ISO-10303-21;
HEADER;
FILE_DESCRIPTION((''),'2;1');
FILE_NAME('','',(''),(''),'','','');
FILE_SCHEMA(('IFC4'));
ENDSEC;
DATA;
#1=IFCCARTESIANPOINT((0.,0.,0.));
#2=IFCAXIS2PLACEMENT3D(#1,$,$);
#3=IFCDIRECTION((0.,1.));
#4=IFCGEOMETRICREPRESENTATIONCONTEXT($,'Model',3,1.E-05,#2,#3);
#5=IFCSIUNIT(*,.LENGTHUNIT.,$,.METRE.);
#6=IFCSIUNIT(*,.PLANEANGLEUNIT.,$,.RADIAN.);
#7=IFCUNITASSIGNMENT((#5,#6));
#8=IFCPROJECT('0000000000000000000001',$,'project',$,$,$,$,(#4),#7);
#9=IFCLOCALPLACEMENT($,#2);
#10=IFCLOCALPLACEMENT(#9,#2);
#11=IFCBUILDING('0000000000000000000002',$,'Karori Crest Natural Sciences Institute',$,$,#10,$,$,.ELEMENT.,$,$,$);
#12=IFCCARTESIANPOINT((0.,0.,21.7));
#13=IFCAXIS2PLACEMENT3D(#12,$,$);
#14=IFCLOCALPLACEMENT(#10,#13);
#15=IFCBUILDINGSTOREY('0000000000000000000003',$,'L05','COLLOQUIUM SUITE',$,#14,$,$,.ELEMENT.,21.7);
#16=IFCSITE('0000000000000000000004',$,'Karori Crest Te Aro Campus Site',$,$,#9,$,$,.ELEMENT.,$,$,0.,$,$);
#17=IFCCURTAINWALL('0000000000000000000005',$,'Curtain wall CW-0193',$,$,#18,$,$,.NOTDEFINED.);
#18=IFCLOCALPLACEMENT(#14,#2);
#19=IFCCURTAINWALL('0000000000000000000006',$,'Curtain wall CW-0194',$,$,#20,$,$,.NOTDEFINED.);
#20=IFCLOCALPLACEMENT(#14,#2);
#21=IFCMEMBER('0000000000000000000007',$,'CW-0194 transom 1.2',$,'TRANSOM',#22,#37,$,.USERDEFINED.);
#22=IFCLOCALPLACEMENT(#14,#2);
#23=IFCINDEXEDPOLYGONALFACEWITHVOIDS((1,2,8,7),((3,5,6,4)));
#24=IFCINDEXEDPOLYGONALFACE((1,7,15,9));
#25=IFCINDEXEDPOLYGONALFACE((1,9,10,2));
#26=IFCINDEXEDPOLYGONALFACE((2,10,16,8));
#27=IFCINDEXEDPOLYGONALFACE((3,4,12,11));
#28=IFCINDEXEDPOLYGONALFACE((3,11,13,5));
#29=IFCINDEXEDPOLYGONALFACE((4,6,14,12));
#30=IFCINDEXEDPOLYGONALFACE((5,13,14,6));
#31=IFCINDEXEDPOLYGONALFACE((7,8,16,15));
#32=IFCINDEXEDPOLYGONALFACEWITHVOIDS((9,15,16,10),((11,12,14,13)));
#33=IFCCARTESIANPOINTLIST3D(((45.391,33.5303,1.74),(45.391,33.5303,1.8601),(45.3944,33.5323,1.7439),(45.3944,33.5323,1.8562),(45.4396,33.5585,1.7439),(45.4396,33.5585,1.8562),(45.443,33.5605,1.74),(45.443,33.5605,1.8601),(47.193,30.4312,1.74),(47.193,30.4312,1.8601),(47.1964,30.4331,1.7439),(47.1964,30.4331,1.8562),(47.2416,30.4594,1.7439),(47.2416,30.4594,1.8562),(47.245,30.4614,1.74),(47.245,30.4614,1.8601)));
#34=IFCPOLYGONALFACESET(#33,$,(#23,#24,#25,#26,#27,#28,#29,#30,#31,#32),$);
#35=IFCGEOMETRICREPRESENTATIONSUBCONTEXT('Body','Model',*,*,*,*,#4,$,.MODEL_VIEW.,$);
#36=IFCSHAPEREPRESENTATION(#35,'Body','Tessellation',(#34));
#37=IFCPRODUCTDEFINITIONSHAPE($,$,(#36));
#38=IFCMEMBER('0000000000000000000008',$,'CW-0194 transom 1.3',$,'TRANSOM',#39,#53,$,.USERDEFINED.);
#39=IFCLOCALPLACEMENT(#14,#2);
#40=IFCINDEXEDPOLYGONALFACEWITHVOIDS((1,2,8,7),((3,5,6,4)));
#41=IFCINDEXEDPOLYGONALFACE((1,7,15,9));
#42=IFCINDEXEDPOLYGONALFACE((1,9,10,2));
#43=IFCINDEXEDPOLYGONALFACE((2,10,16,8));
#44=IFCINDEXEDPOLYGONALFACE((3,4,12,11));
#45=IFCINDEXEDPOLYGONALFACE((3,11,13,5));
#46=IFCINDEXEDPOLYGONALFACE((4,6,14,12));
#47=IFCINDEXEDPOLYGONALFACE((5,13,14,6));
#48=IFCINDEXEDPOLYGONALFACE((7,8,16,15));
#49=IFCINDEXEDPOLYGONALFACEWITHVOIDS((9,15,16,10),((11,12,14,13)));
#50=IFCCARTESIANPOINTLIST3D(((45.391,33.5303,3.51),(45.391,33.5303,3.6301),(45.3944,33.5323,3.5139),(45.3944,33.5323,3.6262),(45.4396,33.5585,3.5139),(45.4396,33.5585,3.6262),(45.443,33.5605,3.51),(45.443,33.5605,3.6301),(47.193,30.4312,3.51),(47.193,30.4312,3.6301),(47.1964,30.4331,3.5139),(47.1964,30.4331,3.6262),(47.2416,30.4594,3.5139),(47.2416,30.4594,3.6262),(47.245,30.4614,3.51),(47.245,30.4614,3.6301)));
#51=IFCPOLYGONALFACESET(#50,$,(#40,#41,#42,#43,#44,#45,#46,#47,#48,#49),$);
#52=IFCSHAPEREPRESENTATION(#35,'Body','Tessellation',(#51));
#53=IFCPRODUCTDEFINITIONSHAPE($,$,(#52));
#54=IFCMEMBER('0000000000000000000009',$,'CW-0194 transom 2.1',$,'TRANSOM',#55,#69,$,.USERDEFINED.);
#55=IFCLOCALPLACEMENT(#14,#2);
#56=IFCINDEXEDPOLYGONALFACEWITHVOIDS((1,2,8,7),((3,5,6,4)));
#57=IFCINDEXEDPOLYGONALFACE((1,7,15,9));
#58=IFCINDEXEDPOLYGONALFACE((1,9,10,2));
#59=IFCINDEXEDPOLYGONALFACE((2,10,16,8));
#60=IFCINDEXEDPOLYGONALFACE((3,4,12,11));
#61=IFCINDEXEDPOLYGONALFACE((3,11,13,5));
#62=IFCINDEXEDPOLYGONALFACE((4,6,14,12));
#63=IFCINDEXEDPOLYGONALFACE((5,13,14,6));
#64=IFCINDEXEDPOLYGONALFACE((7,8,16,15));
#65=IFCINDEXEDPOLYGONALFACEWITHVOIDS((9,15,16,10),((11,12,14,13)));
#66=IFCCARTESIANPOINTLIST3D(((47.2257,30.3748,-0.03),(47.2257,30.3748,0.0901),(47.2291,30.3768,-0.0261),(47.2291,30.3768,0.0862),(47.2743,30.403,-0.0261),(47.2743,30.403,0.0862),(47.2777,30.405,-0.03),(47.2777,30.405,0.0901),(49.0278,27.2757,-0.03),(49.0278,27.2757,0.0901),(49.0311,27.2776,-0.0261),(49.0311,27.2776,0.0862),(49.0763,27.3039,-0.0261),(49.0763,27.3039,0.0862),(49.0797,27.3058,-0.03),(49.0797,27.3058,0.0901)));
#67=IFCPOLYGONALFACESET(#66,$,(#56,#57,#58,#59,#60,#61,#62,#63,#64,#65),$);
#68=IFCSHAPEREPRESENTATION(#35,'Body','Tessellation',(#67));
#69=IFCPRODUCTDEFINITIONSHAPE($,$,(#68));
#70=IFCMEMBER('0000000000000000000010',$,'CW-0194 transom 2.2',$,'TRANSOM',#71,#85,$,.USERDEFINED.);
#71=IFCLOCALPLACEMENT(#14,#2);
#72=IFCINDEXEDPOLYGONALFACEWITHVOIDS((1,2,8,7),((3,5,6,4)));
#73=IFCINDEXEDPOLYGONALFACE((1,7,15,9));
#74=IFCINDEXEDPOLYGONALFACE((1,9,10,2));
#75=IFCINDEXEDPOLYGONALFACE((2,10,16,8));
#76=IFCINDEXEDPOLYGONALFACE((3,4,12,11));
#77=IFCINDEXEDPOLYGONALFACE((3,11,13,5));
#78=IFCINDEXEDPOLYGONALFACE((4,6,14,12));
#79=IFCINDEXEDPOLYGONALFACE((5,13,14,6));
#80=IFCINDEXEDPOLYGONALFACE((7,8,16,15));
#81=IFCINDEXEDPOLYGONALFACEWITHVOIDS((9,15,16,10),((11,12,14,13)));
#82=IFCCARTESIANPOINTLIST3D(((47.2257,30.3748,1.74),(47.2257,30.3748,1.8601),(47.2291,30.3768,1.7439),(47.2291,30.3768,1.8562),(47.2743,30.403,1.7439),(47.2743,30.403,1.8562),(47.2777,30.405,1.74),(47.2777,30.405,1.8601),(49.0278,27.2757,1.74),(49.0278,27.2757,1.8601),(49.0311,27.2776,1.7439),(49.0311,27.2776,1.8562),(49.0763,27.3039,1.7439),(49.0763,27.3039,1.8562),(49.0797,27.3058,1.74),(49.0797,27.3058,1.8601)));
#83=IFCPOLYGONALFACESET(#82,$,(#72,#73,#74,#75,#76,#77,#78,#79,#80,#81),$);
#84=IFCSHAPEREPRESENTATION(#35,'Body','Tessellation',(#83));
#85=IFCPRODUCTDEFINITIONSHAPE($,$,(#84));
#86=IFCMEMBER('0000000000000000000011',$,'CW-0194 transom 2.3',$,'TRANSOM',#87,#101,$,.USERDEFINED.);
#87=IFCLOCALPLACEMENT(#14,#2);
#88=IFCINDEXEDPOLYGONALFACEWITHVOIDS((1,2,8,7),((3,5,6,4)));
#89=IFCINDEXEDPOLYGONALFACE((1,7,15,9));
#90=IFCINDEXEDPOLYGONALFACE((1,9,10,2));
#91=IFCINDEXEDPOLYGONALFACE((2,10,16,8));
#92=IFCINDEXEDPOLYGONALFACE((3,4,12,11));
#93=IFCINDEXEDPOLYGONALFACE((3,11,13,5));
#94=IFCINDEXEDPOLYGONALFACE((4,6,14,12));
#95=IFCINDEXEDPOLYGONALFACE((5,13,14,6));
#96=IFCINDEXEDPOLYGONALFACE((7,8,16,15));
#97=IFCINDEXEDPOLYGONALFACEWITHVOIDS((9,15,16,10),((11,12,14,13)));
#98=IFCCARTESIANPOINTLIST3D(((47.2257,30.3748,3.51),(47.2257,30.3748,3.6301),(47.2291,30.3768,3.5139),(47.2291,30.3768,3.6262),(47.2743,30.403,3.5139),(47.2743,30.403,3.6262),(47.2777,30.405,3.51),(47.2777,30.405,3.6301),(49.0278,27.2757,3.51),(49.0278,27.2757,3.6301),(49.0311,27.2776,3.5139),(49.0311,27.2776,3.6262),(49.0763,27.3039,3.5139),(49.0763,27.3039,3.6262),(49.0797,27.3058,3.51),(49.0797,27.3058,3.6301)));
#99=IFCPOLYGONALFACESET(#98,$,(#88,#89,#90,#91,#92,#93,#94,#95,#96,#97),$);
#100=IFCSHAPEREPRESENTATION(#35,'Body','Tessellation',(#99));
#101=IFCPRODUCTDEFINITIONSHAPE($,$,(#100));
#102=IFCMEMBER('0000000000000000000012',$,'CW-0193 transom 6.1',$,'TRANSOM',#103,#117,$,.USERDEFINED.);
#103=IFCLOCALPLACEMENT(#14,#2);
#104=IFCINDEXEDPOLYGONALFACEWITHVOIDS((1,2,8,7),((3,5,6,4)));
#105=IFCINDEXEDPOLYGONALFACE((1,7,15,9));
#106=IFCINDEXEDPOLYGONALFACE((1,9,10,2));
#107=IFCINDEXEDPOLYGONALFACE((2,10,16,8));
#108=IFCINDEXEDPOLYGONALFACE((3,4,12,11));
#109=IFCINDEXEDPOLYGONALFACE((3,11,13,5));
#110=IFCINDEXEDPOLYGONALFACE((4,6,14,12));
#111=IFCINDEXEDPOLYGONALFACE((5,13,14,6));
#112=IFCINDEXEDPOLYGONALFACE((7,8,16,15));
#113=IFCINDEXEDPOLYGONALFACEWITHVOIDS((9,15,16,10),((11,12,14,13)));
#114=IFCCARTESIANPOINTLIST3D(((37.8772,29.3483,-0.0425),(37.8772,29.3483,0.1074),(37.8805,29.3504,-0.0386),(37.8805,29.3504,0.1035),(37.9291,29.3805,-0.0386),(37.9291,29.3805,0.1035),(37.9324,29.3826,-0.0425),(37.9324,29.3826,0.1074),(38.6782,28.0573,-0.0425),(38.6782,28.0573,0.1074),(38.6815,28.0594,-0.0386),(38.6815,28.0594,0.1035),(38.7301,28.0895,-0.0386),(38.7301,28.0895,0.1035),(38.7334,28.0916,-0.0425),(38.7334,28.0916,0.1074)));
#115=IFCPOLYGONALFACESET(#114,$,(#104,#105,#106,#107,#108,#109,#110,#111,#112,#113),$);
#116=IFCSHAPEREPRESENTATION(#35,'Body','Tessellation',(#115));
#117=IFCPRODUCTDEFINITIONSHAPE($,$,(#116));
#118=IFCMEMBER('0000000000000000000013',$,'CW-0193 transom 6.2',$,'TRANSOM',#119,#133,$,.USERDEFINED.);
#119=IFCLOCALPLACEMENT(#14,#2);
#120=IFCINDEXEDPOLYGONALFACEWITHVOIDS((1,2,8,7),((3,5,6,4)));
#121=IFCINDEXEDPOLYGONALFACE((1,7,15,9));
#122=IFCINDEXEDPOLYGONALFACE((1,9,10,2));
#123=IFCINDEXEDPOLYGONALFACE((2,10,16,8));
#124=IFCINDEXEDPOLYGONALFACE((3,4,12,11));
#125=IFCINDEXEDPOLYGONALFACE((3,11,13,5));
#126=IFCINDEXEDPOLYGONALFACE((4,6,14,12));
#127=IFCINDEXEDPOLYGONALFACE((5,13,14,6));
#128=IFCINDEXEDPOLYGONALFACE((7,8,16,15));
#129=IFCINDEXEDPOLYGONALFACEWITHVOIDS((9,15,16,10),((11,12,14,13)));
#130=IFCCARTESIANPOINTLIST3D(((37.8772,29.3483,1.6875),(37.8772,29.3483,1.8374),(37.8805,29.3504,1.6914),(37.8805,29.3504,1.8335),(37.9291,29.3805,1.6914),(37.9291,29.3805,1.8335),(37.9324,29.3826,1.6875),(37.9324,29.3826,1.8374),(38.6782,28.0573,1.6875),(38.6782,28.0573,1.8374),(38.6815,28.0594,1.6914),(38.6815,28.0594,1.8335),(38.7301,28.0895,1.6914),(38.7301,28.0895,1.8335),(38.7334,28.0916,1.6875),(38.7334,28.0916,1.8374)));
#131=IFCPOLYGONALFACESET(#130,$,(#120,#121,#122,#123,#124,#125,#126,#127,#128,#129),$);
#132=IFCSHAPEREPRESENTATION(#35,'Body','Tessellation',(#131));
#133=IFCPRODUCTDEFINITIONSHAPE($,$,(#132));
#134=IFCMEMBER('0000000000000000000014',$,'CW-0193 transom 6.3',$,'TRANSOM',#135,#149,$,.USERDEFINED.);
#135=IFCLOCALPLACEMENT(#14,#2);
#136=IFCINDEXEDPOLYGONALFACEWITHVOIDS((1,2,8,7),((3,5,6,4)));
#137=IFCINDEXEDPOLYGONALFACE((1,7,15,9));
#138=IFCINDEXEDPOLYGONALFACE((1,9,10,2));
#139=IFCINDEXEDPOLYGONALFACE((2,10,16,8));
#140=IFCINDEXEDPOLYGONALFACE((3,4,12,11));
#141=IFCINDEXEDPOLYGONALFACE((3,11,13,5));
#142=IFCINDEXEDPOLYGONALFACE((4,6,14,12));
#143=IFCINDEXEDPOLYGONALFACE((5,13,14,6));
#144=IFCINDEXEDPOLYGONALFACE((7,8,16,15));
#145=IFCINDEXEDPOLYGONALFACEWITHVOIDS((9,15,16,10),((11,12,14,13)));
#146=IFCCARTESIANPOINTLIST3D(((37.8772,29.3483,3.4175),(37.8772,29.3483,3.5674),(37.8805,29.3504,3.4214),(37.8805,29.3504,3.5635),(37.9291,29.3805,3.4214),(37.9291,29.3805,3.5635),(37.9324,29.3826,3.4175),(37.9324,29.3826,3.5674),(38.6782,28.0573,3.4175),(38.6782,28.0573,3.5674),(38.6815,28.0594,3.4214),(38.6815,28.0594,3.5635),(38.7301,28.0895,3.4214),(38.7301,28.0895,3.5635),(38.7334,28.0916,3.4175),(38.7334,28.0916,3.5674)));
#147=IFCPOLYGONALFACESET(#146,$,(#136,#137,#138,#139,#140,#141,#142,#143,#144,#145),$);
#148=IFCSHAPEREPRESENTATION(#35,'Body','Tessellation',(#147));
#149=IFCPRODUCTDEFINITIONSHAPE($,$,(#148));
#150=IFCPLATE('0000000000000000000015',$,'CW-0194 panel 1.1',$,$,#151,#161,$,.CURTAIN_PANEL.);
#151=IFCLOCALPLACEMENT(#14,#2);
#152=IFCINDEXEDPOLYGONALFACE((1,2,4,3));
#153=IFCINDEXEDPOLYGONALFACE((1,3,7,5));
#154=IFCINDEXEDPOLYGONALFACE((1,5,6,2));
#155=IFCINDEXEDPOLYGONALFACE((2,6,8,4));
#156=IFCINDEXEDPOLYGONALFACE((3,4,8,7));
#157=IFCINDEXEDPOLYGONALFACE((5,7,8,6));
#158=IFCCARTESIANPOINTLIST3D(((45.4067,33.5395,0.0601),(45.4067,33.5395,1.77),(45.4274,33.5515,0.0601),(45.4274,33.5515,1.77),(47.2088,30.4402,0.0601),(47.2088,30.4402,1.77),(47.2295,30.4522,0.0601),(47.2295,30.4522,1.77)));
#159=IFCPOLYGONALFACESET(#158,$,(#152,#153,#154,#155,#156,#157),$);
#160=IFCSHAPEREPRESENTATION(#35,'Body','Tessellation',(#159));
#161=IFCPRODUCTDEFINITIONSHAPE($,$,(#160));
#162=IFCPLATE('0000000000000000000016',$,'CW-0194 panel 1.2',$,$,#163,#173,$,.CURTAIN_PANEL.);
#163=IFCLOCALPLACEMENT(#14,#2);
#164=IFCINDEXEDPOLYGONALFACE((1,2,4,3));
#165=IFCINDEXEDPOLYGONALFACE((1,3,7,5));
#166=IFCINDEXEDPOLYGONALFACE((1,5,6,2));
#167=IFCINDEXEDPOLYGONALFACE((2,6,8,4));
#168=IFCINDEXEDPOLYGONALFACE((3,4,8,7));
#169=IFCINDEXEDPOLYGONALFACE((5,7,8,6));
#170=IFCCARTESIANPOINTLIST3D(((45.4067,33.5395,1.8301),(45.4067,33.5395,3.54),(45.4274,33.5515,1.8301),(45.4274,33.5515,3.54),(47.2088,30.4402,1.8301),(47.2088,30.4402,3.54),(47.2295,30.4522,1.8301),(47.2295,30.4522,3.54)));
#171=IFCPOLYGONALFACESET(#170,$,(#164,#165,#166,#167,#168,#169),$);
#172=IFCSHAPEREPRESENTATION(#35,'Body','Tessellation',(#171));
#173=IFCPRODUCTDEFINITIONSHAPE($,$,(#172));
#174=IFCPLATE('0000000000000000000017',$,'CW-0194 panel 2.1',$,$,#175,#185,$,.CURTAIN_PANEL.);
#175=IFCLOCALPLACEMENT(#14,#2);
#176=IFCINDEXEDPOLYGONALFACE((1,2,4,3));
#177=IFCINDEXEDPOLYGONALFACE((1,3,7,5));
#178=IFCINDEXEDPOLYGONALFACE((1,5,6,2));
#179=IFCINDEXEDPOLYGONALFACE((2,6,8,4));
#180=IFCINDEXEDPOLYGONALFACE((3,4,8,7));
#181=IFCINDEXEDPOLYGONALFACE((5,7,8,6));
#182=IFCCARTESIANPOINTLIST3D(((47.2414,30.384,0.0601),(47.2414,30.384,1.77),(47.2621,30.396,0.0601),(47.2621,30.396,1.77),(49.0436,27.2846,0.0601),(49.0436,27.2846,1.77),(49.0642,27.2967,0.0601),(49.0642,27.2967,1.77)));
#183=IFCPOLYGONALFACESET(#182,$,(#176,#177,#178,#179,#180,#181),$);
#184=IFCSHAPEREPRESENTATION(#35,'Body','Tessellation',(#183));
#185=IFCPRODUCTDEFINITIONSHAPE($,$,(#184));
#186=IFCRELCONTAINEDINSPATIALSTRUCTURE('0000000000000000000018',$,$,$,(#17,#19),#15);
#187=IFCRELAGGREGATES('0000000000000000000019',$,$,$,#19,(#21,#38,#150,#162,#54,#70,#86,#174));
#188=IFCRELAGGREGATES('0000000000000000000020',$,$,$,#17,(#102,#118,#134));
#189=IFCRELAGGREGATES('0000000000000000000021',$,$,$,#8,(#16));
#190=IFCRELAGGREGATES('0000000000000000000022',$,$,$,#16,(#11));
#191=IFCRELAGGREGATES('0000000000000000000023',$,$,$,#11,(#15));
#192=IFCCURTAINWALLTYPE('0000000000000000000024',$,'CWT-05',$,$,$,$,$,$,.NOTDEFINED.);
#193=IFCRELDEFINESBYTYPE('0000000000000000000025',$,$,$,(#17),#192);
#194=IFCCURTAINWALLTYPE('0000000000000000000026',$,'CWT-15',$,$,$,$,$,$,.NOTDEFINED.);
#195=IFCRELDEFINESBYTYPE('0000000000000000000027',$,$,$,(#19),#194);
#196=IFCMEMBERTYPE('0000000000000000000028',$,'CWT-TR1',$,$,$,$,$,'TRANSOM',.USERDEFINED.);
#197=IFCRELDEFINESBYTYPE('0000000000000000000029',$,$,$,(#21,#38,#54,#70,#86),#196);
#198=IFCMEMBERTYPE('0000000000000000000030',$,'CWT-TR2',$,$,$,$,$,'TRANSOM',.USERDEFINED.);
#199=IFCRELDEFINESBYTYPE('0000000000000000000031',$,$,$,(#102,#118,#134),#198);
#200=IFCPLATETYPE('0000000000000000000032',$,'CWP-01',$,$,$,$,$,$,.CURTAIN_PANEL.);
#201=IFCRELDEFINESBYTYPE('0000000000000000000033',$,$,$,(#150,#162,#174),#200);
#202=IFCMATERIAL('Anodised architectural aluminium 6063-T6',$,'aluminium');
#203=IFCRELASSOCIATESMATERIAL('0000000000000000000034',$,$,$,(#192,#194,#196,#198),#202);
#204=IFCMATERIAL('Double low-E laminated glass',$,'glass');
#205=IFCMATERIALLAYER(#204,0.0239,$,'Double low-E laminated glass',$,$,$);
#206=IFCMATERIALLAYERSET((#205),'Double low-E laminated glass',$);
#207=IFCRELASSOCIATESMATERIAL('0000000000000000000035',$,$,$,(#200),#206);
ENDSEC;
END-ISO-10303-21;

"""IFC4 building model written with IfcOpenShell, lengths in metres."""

from ifc_helpers import new_model, si_unit, direction, frame, origin, origin_2d, place, context, subcontext, project, spatial, rectangle, hollow_rectangle, extrude, material, layer, layer_set, material_profile, profile_set, type_object, element, aggregate, save


model = new_model("IFC4")

# Units and contexts
model_context = context("Model", 3, precision=1e-05, world=origin(), true_north=direction((0.0, 1.0)))
body_context = subcontext(model_context, "Body", "Model", "MODEL_VIEW")
ifc_project = project(units=[si_unit("LENGTHUNIT", "METRE"), si_unit("PLANEANGLEUNIT", "RADIAN")], contexts=[model_context])

# Site, building, storey
site_placement = place(None, origin())
site = spatial("IfcSite", under=ifc_project, at=site_placement, Name="Karori Crest Te Aro Campus Site", CompositionType="ELEMENT", RefElevation=0.0)
building_placement = place(site_placement, origin())
building = spatial("IfcBuilding", under=site, at=building_placement, Name="Karori Crest Natural Sciences Institute", CompositionType="ELEMENT")
storey_placement = place(building_placement, frame((0.0, 0.0, 21.7)))
storey = spatial("IfcBuildingStorey", under=building, at=storey_placement, Name="L05", Description="COLLOQUIUM SUITE", CompositionType="ELEMENT", Elevation=21.7)

# Curtain wall
ifc_material_1 = material(Name="Anodised architectural aluminium 6063-T6", Category="aluminium")
curtain_wall_type_1 = type_object("IfcCurtainWallType", Name="CWT-05", PredefinedType="NOTDEFINED", material=ifc_material_1)
curtain_wall_1_placement = place(storey_placement, origin())
curtain_wall_1 = element("IfcCurtainWall", 1, at=curtain_wall_1_placement, inside=storey, type_object=curtain_wall_type_1, Name="Curtain wall CW-0193", PredefinedType="NOTDEFINED")

# Curtain wall, members
curtain_wall_type_2 = type_object("IfcCurtainWallType", Name="CWT-15", PredefinedType="NOTDEFINED", material=ifc_material_1)
curtain_wall_2_placement = place(storey_placement, origin())
curtain_wall_2 = element("IfcCurtainWall", 2, at=curtain_wall_2_placement, inside=storey, type_object=curtain_wall_type_2, Name="Curtain wall CW-0194", PredefinedType="NOTDEFINED")
ifc_material_profile_1 = material_profile(ifc_material_1, hollow_rectangle(XDim=0.0601, YDim=0.1201, WallThickness=0.0039, at=origin_2d()), Name="CWT120x60x4")
ifc_profile_set_1 = profile_set([ifc_material_profile_1], Name="Anodised architectural aluminium 6063-T6")
member_type_1 = type_object("IfcMemberType", Name="CWT-TR1", ElementType="TRANSOM", PredefinedType="USERDEFINED", material=ifc_profile_set_1)
member_1_placement = place(storey_placement, frame((45.417, 33.5454, 1.8), z_axis=(0.50266, -0.864484, 0.0), x_axis=(0.864484, 0.50266, 0.0)))
member_1 = element("IfcMember", 3, at=member_1_placement, type_object=member_type_1, Name="CW-0194 transom 1.2", ObjectType="TRANSOM", PredefinedType="USERDEFINED", context=body_context, shape_type="SweptSolid", body=[
    extrude(hollow_rectangle(XDim=0.0601, YDim=0.1201, WallThickness=0.0039, at=origin_2d()), origin(), (0.0, 0.0, 1.0), 3.585),
])
member_2_placement = place(storey_placement, frame((45.417, 33.5454, 3.5701), z_axis=(0.50266, -0.864484, 0.0), x_axis=(0.864484, 0.50266, 0.0)))
member_2 = element("IfcMember", 4, at=member_2_placement, type_object=member_type_1, Name="CW-0194 transom 1.3", ObjectType="TRANSOM", PredefinedType="USERDEFINED", context=body_context, shape_type="SweptSolid", body=[
    extrude(hollow_rectangle(XDim=0.0601, YDim=0.1201, WallThickness=0.0039, at=origin_2d()), origin(), (0.0, 0.0, 1.0), 3.585),
])
member_3_placement = place(storey_placement, frame((47.2517, 30.3899, 0.03), z_axis=(0.50266, -0.864484, 0.0), x_axis=(0.864484, 0.50266, 0.0)))
member_3 = element("IfcMember", 5, at=member_3_placement, type_object=member_type_1, Name="CW-0194 transom 2.1", ObjectType="TRANSOM", PredefinedType="USERDEFINED", context=body_context, shape_type="SweptSolid", body=[
    extrude(hollow_rectangle(XDim=0.0601, YDim=0.1201, WallThickness=0.0039, at=origin_2d()), origin(), (0.0, 0.0, 1.0), 3.585),
])
member_4_placement = place(storey_placement, frame((47.2517, 30.3899, 1.8), z_axis=(0.50266, -0.864484, 0.0), x_axis=(0.864484, 0.50266, 0.0)))
member_4 = element("IfcMember", 6, at=member_4_placement, type_object=member_type_1, Name="CW-0194 transom 2.2", ObjectType="TRANSOM", PredefinedType="USERDEFINED", context=body_context, shape_type="SweptSolid", body=[
    extrude(hollow_rectangle(XDim=0.0601, YDim=0.1201, WallThickness=0.0039, at=origin_2d()), origin(), (0.0, 0.0, 1.0), 3.585),
])
member_5_placement = place(storey_placement, frame((47.2517, 30.3899, 3.5701), z_axis=(0.50266, -0.864484, 0.0), x_axis=(0.864484, 0.50266, 0.0)))
member_5 = element("IfcMember", 7, at=member_5_placement, type_object=member_type_1, Name="CW-0194 transom 2.3", ObjectType="TRANSOM", PredefinedType="USERDEFINED", context=body_context, shape_type="SweptSolid", body=[
    extrude(hollow_rectangle(XDim=0.0601, YDim=0.1201, WallThickness=0.0039, at=origin_2d()), origin(), (0.0, 0.0, 1.0), 3.585),
])

# Members
ifc_material_profile_2 = material_profile(ifc_material_1, hollow_rectangle(XDim=0.0649, YDim=0.1499, WallThickness=0.0039, at=origin_2d()), Name="CWT150x65x4")
ifc_profile_set_2 = profile_set([ifc_material_profile_2], Name="Anodised architectural aluminium 6063-T6")
member_type_2 = type_object("IfcMemberType", Name="CWT-TR2", ElementType="TRANSOM", PredefinedType="USERDEFINED", material=ifc_profile_set_2)
member_6_placement = place(storey_placement, frame((38.7058, 28.0745, 0.0325), z_axis=(-0.527223, 0.849727, 0.0), x_axis=(-0.849727, -0.527223, 0.0)))
member_6 = element("IfcMember", 8, at=member_6_placement, type_object=member_type_2, Name="CW-0193 transom 6.1", ObjectType="TRANSOM", PredefinedType="USERDEFINED", context=body_context, shape_type="SweptSolid", body=[
    extrude(hollow_rectangle(XDim=0.0649, YDim=0.1499, WallThickness=0.0039, at=origin_2d()), origin(), (0.0, 0.0, 1.0), 1.5193),
])
member_7_placement = place(storey_placement, frame((38.7058, 28.0745, 1.7625), z_axis=(-0.527223, 0.849727, 0.0), x_axis=(-0.849727, -0.527223, 0.0)))
member_7 = element("IfcMember", 9, at=member_7_placement, type_object=member_type_2, Name="CW-0193 transom 6.2", ObjectType="TRANSOM", PredefinedType="USERDEFINED", context=body_context, shape_type="SweptSolid", body=[
    extrude(hollow_rectangle(XDim=0.0649, YDim=0.1499, WallThickness=0.0039, at=origin_2d()), origin(), (0.0, 0.0, 1.0), 1.5193),
])
member_8_placement = place(storey_placement, frame((38.7058, 28.0745, 3.4924), z_axis=(-0.527223, 0.849727, 0.0), x_axis=(-0.849727, -0.527223, 0.0)))
member_8 = element("IfcMember", 10, at=member_8_placement, type_object=member_type_2, Name="CW-0193 transom 6.3", ObjectType="TRANSOM", PredefinedType="USERDEFINED", context=body_context, shape_type="SweptSolid", body=[
    extrude(hollow_rectangle(XDim=0.0649, YDim=0.1499, WallThickness=0.0039, at=origin_2d()), origin(), (0.0, 0.0, 1.0), 1.5193),
])

# Plates
ifc_material_2 = material(Name="Double low-E laminated glass", Category="glass")
ifc_layer_1 = layer(ifc_material_2, 0.0239, Name="Double low-E laminated glass")
ifc_layer_set_1 = layer_set([ifc_layer_1], Name="Double low-E laminated glass")
plate_type_1 = type_object("IfcPlateType", Name="CWP-01", PredefinedType="CURTAIN_PANEL", material=ifc_layer_set_1)
plate_1_placement = place(storey_placement, frame((46.3181, 31.9958, 0.0601), z_axis=(0.0, 0.0, 1.0), x_axis=(0.502655, -0.864487, 0.0)))
plate_1 = element("IfcPlate", 11, at=plate_1_placement, type_object=plate_type_1, Name="CW-0194 panel 1.1", PredefinedType="CURTAIN_PANEL", context=body_context, shape_type="SweptSolid", body=[
    extrude(rectangle(XDim=3.5852, YDim=0.0239, at=origin_2d()), origin(), (0.0, 0.0, 1.0), 1.71),
])
plate_2_placement = place(storey_placement, frame((46.3181, 31.9958, 1.8301), z_axis=(0.0, 0.0, 1.0), x_axis=(0.502655, -0.864487, 0.0)))
plate_2 = element("IfcPlate", 12, at=plate_2_placement, type_object=plate_type_1, Name="CW-0194 panel 1.2", PredefinedType="CURTAIN_PANEL", context=body_context, shape_type="SweptSolid", body=[
    extrude(rectangle(XDim=3.5852, YDim=0.0239, at=origin_2d()), origin(), (0.0, 0.0, 1.0), 1.71),
])
plate_3_placement = place(storey_placement, frame((48.1528, 28.8403, 0.0601), z_axis=(0.0, 0.0, 1.0), x_axis=(0.502655, -0.864487, 0.0)))
plate_3 = element("IfcPlate", 13, at=plate_3_placement, type_object=plate_type_1, Name="CW-0194 panel 2.1", PredefinedType="CURTAIN_PANEL", context=body_context, shape_type="SweptSolid", body=[
    extrude(rectangle(XDim=3.5852, YDim=0.0239, at=origin_2d()), origin(), (0.0, 0.0, 1.0), 1.71),
])
aggregate(curtain_wall_2, [member_1, member_2, plate_1, plate_2, member_3, member_4, member_5, plate_3])
aggregate(curtain_wall_1, [member_6, member_7, member_8])

save(model, "model.ifc")
